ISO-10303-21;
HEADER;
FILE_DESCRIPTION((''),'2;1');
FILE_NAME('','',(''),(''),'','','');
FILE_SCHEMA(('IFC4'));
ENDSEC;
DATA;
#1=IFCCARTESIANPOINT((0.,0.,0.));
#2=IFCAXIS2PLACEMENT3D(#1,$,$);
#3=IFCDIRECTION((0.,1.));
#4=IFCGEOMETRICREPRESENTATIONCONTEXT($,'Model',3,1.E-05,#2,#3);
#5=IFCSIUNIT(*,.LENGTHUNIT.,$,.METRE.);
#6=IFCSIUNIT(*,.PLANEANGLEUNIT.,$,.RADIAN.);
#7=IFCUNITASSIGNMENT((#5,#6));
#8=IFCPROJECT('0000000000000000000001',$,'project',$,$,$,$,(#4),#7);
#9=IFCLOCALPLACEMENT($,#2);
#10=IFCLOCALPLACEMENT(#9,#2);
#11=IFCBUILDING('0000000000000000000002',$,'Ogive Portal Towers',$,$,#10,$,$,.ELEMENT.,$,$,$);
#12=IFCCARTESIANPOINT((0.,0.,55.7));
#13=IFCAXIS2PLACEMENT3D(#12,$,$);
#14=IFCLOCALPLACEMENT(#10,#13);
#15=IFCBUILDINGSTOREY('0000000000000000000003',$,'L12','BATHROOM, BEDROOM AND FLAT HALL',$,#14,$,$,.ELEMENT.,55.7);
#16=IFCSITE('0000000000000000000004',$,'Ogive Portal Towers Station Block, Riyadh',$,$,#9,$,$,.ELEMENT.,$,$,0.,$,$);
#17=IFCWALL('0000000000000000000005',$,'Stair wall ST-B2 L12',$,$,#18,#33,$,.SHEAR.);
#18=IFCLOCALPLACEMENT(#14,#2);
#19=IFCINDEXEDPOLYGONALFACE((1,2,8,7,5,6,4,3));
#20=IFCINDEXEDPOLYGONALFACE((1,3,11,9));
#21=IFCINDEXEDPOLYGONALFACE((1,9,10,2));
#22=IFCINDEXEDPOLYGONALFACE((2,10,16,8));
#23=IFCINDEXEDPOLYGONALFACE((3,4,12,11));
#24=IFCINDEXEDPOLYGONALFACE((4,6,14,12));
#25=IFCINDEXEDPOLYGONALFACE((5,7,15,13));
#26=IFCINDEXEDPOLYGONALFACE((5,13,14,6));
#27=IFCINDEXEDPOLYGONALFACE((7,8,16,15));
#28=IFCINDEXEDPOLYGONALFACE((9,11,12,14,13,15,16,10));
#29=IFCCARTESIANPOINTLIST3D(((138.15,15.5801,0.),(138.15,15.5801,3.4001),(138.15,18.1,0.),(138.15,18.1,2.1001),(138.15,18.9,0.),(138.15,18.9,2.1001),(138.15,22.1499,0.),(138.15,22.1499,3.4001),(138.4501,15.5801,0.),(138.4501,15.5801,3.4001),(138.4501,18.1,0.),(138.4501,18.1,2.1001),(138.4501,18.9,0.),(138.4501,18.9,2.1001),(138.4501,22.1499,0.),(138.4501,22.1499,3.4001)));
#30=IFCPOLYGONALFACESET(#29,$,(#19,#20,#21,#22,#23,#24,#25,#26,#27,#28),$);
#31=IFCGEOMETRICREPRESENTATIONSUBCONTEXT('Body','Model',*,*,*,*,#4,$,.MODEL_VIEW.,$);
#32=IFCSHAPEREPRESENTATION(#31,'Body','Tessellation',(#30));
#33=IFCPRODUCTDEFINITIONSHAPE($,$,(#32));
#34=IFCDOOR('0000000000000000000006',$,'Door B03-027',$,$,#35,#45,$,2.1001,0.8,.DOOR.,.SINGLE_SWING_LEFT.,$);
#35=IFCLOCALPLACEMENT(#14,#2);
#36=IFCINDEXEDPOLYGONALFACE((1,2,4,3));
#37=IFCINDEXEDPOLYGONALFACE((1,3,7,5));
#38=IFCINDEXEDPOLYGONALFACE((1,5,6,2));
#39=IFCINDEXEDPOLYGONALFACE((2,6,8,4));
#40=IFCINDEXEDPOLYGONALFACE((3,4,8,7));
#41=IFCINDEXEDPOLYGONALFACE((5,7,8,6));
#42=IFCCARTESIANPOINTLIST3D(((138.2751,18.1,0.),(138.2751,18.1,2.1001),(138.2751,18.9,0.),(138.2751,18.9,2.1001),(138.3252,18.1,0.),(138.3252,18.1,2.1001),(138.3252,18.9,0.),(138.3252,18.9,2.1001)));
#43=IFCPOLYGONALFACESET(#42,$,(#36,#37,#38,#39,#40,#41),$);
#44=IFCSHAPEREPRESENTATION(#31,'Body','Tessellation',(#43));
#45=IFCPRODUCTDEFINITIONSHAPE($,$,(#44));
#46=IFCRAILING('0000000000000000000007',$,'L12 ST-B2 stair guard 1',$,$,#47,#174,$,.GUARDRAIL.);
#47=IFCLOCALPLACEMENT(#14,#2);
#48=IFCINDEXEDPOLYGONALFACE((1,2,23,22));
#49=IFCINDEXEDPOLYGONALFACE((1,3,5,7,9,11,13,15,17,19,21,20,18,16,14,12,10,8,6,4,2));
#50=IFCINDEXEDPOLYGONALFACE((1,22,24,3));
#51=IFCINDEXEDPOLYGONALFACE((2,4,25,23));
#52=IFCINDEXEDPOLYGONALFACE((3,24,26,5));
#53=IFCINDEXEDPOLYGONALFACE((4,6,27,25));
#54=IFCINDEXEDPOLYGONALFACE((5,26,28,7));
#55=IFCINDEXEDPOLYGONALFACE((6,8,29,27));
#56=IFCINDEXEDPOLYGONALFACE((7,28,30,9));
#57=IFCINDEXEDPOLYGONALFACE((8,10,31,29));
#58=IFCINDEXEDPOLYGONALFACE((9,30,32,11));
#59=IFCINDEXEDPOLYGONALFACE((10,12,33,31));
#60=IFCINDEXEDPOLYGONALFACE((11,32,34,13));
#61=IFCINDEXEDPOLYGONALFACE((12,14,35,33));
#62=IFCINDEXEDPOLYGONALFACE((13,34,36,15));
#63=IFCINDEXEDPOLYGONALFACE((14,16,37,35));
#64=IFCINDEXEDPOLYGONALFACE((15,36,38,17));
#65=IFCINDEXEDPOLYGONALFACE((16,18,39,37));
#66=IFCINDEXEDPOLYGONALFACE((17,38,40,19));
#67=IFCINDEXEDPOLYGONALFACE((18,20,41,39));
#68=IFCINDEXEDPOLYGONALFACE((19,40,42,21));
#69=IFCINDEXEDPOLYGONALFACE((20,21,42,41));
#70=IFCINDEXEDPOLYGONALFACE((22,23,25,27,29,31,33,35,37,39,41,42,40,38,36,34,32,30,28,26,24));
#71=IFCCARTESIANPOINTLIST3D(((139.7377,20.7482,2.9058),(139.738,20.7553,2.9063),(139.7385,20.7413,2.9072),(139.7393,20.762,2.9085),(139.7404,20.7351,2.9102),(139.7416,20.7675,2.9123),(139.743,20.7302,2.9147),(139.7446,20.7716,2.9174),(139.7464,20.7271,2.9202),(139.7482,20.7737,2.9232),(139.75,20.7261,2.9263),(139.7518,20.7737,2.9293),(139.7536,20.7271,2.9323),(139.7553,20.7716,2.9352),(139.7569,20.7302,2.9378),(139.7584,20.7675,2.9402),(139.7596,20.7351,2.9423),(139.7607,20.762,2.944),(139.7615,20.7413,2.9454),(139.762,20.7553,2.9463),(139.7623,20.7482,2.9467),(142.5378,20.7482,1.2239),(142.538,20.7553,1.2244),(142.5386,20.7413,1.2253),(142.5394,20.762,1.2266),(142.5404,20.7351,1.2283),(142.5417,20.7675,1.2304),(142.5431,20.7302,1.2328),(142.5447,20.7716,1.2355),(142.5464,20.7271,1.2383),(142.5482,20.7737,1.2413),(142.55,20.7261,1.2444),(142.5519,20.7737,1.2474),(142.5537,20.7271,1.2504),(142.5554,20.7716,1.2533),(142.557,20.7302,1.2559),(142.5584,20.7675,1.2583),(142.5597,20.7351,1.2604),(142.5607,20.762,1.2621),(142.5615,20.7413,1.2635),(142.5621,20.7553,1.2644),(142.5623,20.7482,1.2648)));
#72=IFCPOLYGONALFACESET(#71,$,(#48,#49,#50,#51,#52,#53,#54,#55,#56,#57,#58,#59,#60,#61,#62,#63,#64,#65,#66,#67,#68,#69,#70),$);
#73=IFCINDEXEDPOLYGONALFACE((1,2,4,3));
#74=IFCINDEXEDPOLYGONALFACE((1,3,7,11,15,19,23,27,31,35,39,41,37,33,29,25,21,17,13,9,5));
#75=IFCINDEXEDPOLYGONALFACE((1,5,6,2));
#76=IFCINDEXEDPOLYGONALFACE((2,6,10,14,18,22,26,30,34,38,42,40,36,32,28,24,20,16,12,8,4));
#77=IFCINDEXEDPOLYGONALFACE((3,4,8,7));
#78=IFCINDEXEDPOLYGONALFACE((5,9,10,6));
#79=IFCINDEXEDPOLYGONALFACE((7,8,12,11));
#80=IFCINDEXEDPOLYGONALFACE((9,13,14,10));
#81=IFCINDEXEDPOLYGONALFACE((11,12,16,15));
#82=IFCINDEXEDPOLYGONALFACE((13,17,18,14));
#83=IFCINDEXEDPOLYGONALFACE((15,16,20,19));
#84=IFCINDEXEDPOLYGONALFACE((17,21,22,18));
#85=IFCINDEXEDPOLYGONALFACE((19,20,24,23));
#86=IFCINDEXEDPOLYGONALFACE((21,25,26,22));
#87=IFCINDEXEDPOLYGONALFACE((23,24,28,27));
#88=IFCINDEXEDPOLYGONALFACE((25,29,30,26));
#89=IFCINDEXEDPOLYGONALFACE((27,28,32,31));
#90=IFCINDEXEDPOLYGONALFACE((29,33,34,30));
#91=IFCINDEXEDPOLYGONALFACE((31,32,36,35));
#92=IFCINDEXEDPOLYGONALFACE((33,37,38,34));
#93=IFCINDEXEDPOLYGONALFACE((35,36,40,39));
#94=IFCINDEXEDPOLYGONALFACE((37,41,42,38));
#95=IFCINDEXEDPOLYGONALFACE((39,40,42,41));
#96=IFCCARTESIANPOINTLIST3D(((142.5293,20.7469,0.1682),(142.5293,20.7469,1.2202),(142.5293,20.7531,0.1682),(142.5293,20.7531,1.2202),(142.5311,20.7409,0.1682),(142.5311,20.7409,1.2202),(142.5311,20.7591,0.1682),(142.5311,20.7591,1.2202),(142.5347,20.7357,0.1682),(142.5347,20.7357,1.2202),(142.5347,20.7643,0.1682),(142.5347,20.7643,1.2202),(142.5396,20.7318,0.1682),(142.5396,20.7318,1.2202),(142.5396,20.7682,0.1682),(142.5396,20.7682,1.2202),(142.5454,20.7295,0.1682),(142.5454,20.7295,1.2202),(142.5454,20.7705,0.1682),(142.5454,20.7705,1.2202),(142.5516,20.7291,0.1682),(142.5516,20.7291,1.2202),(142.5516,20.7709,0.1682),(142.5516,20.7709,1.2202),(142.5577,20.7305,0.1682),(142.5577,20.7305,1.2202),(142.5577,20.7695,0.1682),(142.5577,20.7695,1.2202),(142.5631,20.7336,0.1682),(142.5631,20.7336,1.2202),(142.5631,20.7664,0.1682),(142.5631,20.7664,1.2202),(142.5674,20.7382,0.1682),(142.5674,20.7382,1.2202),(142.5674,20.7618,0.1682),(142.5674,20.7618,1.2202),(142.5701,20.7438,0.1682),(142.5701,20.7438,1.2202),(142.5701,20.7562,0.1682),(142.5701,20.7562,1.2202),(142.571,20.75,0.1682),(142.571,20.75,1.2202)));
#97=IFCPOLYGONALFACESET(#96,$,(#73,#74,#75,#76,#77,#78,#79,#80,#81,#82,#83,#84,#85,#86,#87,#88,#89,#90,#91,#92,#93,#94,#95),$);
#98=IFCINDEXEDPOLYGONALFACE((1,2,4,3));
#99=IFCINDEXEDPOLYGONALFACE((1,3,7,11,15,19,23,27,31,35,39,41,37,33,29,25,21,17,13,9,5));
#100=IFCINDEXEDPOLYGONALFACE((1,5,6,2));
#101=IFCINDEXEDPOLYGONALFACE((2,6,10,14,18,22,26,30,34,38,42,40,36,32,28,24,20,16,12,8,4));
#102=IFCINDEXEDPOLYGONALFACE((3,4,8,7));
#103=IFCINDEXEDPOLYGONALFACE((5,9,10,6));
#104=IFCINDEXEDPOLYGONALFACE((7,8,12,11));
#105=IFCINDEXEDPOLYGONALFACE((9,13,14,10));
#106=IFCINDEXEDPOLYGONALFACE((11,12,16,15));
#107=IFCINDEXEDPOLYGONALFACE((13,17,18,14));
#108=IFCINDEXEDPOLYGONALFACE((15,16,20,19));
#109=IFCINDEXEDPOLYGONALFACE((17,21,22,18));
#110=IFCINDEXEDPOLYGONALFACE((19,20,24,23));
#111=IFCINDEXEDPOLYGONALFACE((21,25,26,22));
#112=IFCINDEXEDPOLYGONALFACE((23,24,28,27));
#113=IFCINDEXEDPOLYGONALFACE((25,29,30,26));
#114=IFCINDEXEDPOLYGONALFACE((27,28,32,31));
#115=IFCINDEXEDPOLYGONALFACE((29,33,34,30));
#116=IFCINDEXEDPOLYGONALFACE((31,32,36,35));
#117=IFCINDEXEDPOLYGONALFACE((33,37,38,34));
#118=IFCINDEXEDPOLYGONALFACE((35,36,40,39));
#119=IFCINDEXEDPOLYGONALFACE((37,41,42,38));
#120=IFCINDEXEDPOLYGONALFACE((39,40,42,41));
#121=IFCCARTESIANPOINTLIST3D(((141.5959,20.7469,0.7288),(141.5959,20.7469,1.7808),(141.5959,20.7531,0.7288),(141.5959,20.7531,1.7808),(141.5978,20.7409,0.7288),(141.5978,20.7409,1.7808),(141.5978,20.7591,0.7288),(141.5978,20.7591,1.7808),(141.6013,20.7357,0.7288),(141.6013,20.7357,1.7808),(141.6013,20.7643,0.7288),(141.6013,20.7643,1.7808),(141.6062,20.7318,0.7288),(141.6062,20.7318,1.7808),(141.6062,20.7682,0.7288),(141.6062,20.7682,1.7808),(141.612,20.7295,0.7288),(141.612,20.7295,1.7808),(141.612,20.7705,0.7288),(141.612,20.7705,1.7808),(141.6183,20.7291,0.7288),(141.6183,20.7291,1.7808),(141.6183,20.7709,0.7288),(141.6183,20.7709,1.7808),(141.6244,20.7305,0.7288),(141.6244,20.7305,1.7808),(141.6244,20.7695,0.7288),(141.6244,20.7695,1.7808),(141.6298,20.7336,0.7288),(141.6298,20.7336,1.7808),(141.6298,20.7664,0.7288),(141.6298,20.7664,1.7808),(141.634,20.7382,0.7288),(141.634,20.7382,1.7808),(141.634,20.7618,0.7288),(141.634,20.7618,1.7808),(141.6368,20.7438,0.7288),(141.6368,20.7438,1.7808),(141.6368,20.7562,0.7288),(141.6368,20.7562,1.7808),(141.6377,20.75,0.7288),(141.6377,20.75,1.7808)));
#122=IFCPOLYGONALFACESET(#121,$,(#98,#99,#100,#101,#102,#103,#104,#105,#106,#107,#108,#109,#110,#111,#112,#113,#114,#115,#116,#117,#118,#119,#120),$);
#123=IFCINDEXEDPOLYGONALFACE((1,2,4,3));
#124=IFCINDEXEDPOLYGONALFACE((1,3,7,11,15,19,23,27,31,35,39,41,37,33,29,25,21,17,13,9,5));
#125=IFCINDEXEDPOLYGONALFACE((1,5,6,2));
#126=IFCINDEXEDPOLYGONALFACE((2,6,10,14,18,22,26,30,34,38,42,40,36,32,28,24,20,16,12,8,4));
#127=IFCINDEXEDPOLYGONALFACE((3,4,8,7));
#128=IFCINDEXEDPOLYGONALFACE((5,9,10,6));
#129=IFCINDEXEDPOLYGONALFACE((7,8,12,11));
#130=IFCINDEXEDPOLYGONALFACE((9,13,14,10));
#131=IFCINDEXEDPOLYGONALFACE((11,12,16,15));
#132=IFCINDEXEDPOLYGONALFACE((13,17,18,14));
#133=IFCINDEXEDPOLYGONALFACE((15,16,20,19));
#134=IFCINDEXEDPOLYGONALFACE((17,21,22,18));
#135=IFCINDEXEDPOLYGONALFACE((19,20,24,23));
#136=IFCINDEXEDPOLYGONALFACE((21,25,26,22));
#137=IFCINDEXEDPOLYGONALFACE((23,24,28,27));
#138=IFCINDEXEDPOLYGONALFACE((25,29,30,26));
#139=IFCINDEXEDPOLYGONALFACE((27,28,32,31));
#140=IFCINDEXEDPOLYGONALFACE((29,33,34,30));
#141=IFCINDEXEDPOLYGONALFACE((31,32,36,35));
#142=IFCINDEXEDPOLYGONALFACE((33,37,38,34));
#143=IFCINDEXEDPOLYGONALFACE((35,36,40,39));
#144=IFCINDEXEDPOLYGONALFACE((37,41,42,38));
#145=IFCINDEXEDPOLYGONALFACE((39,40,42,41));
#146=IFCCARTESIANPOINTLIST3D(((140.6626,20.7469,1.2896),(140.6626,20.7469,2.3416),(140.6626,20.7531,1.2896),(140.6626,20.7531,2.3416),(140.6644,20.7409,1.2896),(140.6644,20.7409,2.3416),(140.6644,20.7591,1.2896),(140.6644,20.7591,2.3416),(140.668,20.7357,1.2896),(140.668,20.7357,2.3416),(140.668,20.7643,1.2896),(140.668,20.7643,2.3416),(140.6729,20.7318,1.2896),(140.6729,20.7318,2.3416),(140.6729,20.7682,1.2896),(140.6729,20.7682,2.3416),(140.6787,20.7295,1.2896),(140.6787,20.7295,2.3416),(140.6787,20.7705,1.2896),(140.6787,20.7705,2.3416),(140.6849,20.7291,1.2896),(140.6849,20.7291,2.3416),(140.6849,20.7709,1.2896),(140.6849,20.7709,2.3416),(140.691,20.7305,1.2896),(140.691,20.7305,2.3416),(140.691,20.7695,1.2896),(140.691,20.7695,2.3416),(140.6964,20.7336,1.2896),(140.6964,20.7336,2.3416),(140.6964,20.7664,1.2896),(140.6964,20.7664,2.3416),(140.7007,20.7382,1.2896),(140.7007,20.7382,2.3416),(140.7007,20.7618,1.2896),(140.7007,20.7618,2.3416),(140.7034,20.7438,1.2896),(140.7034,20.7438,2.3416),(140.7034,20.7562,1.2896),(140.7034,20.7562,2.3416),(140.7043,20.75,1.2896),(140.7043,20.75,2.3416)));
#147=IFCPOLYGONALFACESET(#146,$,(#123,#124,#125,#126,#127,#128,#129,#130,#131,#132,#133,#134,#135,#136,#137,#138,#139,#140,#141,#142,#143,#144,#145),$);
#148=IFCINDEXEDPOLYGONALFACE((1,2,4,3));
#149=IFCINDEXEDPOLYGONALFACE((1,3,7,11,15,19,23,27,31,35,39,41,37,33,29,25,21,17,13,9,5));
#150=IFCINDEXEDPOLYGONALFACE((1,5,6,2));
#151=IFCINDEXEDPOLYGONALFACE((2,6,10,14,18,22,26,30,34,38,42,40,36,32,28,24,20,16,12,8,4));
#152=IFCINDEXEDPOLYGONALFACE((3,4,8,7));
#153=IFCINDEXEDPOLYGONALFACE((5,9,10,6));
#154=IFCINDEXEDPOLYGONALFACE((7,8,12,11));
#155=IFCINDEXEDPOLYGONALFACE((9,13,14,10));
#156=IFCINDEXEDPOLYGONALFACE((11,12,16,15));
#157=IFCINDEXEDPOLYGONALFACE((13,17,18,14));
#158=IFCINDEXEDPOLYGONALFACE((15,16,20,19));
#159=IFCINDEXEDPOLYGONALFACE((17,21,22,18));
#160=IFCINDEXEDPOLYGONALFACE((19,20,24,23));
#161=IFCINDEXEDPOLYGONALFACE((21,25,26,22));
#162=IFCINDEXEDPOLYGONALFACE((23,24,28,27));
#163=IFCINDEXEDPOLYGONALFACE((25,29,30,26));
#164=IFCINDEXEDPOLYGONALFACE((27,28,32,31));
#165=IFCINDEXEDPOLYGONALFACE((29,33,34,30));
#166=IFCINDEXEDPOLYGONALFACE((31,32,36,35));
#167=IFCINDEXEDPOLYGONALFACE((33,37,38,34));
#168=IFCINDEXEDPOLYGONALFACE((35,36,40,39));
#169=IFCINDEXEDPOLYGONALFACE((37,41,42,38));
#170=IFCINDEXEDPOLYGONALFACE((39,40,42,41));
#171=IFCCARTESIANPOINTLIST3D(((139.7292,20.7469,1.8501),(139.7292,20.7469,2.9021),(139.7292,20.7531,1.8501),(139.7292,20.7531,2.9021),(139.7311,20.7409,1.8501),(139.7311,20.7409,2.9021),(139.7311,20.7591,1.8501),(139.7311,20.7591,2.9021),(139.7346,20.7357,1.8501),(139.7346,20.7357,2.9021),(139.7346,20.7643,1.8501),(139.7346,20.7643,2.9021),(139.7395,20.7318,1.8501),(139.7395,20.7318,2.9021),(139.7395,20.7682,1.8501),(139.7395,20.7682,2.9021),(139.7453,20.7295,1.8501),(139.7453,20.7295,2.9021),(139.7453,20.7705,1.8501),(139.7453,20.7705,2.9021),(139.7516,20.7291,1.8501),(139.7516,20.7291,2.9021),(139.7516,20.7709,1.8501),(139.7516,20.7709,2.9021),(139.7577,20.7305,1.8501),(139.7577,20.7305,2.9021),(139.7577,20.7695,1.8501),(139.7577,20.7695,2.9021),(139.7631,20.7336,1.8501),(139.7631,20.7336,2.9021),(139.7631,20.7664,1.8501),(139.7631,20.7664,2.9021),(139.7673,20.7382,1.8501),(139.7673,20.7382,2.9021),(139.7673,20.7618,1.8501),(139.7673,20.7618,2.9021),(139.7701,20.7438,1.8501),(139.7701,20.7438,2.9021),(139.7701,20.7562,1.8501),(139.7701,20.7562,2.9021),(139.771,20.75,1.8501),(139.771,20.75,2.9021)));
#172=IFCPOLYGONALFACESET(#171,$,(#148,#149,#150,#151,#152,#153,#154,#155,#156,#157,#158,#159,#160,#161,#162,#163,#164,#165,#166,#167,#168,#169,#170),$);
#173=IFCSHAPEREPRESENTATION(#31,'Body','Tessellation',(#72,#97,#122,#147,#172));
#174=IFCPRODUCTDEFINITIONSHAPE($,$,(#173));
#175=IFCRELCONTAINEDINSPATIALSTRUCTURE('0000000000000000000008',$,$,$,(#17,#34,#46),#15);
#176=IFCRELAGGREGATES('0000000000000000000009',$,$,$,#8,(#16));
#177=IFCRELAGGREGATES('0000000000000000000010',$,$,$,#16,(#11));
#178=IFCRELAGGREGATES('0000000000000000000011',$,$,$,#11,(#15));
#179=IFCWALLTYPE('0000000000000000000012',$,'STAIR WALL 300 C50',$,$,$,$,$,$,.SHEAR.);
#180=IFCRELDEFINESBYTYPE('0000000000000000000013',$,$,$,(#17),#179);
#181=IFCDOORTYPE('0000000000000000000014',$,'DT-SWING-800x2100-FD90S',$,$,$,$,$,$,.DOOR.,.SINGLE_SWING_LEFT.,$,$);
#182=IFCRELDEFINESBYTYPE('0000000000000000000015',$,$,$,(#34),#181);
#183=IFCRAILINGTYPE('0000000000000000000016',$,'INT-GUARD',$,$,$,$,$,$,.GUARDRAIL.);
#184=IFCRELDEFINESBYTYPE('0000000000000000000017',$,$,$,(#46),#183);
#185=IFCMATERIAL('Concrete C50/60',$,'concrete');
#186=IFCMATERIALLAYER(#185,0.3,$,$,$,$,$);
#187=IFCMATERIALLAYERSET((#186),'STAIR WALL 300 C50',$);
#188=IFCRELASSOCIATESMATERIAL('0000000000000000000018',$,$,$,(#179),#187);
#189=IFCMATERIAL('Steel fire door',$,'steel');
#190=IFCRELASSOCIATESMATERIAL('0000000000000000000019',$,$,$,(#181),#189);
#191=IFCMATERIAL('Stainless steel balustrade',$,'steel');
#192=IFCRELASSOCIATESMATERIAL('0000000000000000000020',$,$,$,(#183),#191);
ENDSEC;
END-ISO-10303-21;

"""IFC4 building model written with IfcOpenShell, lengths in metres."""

from ifc_helpers import new_model, si_unit, direction, frame, frame_2d, origin, origin_2d, place, context, subcontext, project, spatial, rectangle, circle, extrude, material, layer, layer_set, type_object, element, fill, save


model = new_model("IFC4")

# Units and contexts
model_context = context("Model", 3, precision=1e-05, world=origin(), true_north=direction((0.0, 1.0)))
body_context = subcontext(model_context, "Body", "Model", "MODEL_VIEW")
ifc_project = project(units=[si_unit("LENGTHUNIT", "METRE"), si_unit("PLANEANGLEUNIT", "RADIAN")], contexts=[model_context])

# Site, building, storey
site_placement = place(None, origin())
site = spatial("IfcSite", under=ifc_project, at=site_placement, Name="Ogive Portal Towers Station Block, Riyadh", CompositionType="ELEMENT", RefElevation=0.0)
building_placement = place(site_placement, origin())
building = spatial("IfcBuilding", under=site, at=building_placement, Name="Ogive Portal Towers", CompositionType="ELEMENT")
storey_placement = place(building_placement, frame((0.0, 0.0, 55.7)))
storey = spatial("IfcBuildingStorey", under=building, at=storey_placement, Name="L12", Description="BATHROOM, BEDROOM AND FLAT HALL", CompositionType="ELEMENT", Elevation=55.7)

# Shared definitions
ifc_material_1 = material(Name="Concrete C50/60", Category="concrete")

# Shared definitions
ifc_material_2 = material(Name="Steel fire door", Category="steel")

# Shared definitions
ifc_layer_1 = layer(ifc_material_1, 0.3)
ifc_layer_set_1 = layer_set([ifc_layer_1], Name="STAIR WALL 300 C50")
wall_type_1 = type_object("IfcWallType", Name="STAIR WALL 300 C50", PredefinedType="SHEAR", material=ifc_layer_set_1)

# Wall, opening, door
wall_1_placement = place(storey_placement, frame((138.3, 15.5801, 0.0), z_axis=(0.0, 0.0, 1.0), x_axis=(0.0, 1.0, 0.0)))
wall_1 = element("IfcWall", 1, at=wall_1_placement, inside=storey, type_object=wall_type_1, Name="Stair wall ST-B2 L12", PredefinedType="SHEAR", context=body_context, shape_type="SweptSolid", body=[
    extrude(rectangle(XDim=6.5698, YDim=0.3, at=frame_2d((3.2849, 0.0))), origin(), (0.0, 0.0, 1.0), 3.4001),
])
opening_1_placement = place(wall_1_placement, frame((2.52, 0.0, 0.0)))
opening_1 = element("IfcOpeningElement", 2, at=opening_1_placement, cuts=wall_1, PredefinedType="OPENING", context=body_context, shape_type="SweptSolid", body=[
    extrude(rectangle(XDim=0.8, YDim=2.1001, at=frame_2d((0.3999, 1.05))), frame((0.0, 0.1602, 0.0), z_axis=(0.0, -1.0, 0.0), x_axis=(1.0, 0.0, 0.0)), (0.0, 0.0, 1.0), 0.3201),
])
door_type_1 = type_object("IfcDoorType", Name="DT-SWING-800x2100-FD90S", OperationType="SINGLE_SWING_LEFT", PredefinedType="DOOR", material=ifc_material_2)
door_1_placement = place(opening_1_placement, origin())
door_1 = element("IfcDoor", 3, at=door_1_placement, inside=storey, type_object=door_type_1, Name="Door B03-027", OperationType="SINGLE_SWING_LEFT", OverallHeight=2.1001, OverallWidth=0.8, PredefinedType="DOOR", context=body_context, shape_type="SweptSolid", body=[
    extrude(rectangle(XDim=0.8, YDim=2.1001, at=frame_2d((0.3999, 1.05))), frame((0.0, 0.0249, 0.0), z_axis=(0.0, -1.0, 0.0), x_axis=(1.0, 0.0, 0.0)), (0.0, 0.0, 1.0), 0.05),
])
fill(opening_1, door_1)

# Railing
ifc_material_3 = material(Name="Stainless steel balustrade", Category="steel")
railing_type_1 = type_object("IfcRailingType", Name="INT-GUARD", PredefinedType="GUARDRAIL", material=ifc_material_3)
railing_1_placement = place(storey_placement, frame((142.55, 20.75, 0.1682)))
element("IfcRailing", 4, at=railing_1_placement, inside=storey, type_object=railing_type_1, Name="L12 ST-B2 stair guard 1", PredefinedType="GUARDRAIL", context=body_context, shape_type="SweptSolid", body=[
    extrude(circle(Radius=0.0239, at=origin_2d()), frame((0.0, 0.0, 1.0762), z_axis=(-0.857242, 0.0, 0.514913), x_axis=(0.0, -1.0, 0.0)), (0.0, 0.0, 1.0), 3.2664),
    extrude(circle(Radius=0.021, at=origin_2d()), origin(), (0.0, 0.0, 1.0), 1.052),
    extrude(circle(Radius=0.021, at=origin_2d()), frame((-0.9333, 0.0, 0.5605)), (0.0, 0.0, 1.0), 1.052),
    extrude(circle(Radius=0.021, at=origin_2d()), frame((-1.8667, 0.0, 1.1213)), (0.0, 0.0, 1.0), 1.052),
    extrude(circle(Radius=0.021, at=origin_2d()), frame((-2.8, 0.0, 1.6819)), (0.0, 0.0, 1.0), 1.052),
])

save(model, "model.ifc")
